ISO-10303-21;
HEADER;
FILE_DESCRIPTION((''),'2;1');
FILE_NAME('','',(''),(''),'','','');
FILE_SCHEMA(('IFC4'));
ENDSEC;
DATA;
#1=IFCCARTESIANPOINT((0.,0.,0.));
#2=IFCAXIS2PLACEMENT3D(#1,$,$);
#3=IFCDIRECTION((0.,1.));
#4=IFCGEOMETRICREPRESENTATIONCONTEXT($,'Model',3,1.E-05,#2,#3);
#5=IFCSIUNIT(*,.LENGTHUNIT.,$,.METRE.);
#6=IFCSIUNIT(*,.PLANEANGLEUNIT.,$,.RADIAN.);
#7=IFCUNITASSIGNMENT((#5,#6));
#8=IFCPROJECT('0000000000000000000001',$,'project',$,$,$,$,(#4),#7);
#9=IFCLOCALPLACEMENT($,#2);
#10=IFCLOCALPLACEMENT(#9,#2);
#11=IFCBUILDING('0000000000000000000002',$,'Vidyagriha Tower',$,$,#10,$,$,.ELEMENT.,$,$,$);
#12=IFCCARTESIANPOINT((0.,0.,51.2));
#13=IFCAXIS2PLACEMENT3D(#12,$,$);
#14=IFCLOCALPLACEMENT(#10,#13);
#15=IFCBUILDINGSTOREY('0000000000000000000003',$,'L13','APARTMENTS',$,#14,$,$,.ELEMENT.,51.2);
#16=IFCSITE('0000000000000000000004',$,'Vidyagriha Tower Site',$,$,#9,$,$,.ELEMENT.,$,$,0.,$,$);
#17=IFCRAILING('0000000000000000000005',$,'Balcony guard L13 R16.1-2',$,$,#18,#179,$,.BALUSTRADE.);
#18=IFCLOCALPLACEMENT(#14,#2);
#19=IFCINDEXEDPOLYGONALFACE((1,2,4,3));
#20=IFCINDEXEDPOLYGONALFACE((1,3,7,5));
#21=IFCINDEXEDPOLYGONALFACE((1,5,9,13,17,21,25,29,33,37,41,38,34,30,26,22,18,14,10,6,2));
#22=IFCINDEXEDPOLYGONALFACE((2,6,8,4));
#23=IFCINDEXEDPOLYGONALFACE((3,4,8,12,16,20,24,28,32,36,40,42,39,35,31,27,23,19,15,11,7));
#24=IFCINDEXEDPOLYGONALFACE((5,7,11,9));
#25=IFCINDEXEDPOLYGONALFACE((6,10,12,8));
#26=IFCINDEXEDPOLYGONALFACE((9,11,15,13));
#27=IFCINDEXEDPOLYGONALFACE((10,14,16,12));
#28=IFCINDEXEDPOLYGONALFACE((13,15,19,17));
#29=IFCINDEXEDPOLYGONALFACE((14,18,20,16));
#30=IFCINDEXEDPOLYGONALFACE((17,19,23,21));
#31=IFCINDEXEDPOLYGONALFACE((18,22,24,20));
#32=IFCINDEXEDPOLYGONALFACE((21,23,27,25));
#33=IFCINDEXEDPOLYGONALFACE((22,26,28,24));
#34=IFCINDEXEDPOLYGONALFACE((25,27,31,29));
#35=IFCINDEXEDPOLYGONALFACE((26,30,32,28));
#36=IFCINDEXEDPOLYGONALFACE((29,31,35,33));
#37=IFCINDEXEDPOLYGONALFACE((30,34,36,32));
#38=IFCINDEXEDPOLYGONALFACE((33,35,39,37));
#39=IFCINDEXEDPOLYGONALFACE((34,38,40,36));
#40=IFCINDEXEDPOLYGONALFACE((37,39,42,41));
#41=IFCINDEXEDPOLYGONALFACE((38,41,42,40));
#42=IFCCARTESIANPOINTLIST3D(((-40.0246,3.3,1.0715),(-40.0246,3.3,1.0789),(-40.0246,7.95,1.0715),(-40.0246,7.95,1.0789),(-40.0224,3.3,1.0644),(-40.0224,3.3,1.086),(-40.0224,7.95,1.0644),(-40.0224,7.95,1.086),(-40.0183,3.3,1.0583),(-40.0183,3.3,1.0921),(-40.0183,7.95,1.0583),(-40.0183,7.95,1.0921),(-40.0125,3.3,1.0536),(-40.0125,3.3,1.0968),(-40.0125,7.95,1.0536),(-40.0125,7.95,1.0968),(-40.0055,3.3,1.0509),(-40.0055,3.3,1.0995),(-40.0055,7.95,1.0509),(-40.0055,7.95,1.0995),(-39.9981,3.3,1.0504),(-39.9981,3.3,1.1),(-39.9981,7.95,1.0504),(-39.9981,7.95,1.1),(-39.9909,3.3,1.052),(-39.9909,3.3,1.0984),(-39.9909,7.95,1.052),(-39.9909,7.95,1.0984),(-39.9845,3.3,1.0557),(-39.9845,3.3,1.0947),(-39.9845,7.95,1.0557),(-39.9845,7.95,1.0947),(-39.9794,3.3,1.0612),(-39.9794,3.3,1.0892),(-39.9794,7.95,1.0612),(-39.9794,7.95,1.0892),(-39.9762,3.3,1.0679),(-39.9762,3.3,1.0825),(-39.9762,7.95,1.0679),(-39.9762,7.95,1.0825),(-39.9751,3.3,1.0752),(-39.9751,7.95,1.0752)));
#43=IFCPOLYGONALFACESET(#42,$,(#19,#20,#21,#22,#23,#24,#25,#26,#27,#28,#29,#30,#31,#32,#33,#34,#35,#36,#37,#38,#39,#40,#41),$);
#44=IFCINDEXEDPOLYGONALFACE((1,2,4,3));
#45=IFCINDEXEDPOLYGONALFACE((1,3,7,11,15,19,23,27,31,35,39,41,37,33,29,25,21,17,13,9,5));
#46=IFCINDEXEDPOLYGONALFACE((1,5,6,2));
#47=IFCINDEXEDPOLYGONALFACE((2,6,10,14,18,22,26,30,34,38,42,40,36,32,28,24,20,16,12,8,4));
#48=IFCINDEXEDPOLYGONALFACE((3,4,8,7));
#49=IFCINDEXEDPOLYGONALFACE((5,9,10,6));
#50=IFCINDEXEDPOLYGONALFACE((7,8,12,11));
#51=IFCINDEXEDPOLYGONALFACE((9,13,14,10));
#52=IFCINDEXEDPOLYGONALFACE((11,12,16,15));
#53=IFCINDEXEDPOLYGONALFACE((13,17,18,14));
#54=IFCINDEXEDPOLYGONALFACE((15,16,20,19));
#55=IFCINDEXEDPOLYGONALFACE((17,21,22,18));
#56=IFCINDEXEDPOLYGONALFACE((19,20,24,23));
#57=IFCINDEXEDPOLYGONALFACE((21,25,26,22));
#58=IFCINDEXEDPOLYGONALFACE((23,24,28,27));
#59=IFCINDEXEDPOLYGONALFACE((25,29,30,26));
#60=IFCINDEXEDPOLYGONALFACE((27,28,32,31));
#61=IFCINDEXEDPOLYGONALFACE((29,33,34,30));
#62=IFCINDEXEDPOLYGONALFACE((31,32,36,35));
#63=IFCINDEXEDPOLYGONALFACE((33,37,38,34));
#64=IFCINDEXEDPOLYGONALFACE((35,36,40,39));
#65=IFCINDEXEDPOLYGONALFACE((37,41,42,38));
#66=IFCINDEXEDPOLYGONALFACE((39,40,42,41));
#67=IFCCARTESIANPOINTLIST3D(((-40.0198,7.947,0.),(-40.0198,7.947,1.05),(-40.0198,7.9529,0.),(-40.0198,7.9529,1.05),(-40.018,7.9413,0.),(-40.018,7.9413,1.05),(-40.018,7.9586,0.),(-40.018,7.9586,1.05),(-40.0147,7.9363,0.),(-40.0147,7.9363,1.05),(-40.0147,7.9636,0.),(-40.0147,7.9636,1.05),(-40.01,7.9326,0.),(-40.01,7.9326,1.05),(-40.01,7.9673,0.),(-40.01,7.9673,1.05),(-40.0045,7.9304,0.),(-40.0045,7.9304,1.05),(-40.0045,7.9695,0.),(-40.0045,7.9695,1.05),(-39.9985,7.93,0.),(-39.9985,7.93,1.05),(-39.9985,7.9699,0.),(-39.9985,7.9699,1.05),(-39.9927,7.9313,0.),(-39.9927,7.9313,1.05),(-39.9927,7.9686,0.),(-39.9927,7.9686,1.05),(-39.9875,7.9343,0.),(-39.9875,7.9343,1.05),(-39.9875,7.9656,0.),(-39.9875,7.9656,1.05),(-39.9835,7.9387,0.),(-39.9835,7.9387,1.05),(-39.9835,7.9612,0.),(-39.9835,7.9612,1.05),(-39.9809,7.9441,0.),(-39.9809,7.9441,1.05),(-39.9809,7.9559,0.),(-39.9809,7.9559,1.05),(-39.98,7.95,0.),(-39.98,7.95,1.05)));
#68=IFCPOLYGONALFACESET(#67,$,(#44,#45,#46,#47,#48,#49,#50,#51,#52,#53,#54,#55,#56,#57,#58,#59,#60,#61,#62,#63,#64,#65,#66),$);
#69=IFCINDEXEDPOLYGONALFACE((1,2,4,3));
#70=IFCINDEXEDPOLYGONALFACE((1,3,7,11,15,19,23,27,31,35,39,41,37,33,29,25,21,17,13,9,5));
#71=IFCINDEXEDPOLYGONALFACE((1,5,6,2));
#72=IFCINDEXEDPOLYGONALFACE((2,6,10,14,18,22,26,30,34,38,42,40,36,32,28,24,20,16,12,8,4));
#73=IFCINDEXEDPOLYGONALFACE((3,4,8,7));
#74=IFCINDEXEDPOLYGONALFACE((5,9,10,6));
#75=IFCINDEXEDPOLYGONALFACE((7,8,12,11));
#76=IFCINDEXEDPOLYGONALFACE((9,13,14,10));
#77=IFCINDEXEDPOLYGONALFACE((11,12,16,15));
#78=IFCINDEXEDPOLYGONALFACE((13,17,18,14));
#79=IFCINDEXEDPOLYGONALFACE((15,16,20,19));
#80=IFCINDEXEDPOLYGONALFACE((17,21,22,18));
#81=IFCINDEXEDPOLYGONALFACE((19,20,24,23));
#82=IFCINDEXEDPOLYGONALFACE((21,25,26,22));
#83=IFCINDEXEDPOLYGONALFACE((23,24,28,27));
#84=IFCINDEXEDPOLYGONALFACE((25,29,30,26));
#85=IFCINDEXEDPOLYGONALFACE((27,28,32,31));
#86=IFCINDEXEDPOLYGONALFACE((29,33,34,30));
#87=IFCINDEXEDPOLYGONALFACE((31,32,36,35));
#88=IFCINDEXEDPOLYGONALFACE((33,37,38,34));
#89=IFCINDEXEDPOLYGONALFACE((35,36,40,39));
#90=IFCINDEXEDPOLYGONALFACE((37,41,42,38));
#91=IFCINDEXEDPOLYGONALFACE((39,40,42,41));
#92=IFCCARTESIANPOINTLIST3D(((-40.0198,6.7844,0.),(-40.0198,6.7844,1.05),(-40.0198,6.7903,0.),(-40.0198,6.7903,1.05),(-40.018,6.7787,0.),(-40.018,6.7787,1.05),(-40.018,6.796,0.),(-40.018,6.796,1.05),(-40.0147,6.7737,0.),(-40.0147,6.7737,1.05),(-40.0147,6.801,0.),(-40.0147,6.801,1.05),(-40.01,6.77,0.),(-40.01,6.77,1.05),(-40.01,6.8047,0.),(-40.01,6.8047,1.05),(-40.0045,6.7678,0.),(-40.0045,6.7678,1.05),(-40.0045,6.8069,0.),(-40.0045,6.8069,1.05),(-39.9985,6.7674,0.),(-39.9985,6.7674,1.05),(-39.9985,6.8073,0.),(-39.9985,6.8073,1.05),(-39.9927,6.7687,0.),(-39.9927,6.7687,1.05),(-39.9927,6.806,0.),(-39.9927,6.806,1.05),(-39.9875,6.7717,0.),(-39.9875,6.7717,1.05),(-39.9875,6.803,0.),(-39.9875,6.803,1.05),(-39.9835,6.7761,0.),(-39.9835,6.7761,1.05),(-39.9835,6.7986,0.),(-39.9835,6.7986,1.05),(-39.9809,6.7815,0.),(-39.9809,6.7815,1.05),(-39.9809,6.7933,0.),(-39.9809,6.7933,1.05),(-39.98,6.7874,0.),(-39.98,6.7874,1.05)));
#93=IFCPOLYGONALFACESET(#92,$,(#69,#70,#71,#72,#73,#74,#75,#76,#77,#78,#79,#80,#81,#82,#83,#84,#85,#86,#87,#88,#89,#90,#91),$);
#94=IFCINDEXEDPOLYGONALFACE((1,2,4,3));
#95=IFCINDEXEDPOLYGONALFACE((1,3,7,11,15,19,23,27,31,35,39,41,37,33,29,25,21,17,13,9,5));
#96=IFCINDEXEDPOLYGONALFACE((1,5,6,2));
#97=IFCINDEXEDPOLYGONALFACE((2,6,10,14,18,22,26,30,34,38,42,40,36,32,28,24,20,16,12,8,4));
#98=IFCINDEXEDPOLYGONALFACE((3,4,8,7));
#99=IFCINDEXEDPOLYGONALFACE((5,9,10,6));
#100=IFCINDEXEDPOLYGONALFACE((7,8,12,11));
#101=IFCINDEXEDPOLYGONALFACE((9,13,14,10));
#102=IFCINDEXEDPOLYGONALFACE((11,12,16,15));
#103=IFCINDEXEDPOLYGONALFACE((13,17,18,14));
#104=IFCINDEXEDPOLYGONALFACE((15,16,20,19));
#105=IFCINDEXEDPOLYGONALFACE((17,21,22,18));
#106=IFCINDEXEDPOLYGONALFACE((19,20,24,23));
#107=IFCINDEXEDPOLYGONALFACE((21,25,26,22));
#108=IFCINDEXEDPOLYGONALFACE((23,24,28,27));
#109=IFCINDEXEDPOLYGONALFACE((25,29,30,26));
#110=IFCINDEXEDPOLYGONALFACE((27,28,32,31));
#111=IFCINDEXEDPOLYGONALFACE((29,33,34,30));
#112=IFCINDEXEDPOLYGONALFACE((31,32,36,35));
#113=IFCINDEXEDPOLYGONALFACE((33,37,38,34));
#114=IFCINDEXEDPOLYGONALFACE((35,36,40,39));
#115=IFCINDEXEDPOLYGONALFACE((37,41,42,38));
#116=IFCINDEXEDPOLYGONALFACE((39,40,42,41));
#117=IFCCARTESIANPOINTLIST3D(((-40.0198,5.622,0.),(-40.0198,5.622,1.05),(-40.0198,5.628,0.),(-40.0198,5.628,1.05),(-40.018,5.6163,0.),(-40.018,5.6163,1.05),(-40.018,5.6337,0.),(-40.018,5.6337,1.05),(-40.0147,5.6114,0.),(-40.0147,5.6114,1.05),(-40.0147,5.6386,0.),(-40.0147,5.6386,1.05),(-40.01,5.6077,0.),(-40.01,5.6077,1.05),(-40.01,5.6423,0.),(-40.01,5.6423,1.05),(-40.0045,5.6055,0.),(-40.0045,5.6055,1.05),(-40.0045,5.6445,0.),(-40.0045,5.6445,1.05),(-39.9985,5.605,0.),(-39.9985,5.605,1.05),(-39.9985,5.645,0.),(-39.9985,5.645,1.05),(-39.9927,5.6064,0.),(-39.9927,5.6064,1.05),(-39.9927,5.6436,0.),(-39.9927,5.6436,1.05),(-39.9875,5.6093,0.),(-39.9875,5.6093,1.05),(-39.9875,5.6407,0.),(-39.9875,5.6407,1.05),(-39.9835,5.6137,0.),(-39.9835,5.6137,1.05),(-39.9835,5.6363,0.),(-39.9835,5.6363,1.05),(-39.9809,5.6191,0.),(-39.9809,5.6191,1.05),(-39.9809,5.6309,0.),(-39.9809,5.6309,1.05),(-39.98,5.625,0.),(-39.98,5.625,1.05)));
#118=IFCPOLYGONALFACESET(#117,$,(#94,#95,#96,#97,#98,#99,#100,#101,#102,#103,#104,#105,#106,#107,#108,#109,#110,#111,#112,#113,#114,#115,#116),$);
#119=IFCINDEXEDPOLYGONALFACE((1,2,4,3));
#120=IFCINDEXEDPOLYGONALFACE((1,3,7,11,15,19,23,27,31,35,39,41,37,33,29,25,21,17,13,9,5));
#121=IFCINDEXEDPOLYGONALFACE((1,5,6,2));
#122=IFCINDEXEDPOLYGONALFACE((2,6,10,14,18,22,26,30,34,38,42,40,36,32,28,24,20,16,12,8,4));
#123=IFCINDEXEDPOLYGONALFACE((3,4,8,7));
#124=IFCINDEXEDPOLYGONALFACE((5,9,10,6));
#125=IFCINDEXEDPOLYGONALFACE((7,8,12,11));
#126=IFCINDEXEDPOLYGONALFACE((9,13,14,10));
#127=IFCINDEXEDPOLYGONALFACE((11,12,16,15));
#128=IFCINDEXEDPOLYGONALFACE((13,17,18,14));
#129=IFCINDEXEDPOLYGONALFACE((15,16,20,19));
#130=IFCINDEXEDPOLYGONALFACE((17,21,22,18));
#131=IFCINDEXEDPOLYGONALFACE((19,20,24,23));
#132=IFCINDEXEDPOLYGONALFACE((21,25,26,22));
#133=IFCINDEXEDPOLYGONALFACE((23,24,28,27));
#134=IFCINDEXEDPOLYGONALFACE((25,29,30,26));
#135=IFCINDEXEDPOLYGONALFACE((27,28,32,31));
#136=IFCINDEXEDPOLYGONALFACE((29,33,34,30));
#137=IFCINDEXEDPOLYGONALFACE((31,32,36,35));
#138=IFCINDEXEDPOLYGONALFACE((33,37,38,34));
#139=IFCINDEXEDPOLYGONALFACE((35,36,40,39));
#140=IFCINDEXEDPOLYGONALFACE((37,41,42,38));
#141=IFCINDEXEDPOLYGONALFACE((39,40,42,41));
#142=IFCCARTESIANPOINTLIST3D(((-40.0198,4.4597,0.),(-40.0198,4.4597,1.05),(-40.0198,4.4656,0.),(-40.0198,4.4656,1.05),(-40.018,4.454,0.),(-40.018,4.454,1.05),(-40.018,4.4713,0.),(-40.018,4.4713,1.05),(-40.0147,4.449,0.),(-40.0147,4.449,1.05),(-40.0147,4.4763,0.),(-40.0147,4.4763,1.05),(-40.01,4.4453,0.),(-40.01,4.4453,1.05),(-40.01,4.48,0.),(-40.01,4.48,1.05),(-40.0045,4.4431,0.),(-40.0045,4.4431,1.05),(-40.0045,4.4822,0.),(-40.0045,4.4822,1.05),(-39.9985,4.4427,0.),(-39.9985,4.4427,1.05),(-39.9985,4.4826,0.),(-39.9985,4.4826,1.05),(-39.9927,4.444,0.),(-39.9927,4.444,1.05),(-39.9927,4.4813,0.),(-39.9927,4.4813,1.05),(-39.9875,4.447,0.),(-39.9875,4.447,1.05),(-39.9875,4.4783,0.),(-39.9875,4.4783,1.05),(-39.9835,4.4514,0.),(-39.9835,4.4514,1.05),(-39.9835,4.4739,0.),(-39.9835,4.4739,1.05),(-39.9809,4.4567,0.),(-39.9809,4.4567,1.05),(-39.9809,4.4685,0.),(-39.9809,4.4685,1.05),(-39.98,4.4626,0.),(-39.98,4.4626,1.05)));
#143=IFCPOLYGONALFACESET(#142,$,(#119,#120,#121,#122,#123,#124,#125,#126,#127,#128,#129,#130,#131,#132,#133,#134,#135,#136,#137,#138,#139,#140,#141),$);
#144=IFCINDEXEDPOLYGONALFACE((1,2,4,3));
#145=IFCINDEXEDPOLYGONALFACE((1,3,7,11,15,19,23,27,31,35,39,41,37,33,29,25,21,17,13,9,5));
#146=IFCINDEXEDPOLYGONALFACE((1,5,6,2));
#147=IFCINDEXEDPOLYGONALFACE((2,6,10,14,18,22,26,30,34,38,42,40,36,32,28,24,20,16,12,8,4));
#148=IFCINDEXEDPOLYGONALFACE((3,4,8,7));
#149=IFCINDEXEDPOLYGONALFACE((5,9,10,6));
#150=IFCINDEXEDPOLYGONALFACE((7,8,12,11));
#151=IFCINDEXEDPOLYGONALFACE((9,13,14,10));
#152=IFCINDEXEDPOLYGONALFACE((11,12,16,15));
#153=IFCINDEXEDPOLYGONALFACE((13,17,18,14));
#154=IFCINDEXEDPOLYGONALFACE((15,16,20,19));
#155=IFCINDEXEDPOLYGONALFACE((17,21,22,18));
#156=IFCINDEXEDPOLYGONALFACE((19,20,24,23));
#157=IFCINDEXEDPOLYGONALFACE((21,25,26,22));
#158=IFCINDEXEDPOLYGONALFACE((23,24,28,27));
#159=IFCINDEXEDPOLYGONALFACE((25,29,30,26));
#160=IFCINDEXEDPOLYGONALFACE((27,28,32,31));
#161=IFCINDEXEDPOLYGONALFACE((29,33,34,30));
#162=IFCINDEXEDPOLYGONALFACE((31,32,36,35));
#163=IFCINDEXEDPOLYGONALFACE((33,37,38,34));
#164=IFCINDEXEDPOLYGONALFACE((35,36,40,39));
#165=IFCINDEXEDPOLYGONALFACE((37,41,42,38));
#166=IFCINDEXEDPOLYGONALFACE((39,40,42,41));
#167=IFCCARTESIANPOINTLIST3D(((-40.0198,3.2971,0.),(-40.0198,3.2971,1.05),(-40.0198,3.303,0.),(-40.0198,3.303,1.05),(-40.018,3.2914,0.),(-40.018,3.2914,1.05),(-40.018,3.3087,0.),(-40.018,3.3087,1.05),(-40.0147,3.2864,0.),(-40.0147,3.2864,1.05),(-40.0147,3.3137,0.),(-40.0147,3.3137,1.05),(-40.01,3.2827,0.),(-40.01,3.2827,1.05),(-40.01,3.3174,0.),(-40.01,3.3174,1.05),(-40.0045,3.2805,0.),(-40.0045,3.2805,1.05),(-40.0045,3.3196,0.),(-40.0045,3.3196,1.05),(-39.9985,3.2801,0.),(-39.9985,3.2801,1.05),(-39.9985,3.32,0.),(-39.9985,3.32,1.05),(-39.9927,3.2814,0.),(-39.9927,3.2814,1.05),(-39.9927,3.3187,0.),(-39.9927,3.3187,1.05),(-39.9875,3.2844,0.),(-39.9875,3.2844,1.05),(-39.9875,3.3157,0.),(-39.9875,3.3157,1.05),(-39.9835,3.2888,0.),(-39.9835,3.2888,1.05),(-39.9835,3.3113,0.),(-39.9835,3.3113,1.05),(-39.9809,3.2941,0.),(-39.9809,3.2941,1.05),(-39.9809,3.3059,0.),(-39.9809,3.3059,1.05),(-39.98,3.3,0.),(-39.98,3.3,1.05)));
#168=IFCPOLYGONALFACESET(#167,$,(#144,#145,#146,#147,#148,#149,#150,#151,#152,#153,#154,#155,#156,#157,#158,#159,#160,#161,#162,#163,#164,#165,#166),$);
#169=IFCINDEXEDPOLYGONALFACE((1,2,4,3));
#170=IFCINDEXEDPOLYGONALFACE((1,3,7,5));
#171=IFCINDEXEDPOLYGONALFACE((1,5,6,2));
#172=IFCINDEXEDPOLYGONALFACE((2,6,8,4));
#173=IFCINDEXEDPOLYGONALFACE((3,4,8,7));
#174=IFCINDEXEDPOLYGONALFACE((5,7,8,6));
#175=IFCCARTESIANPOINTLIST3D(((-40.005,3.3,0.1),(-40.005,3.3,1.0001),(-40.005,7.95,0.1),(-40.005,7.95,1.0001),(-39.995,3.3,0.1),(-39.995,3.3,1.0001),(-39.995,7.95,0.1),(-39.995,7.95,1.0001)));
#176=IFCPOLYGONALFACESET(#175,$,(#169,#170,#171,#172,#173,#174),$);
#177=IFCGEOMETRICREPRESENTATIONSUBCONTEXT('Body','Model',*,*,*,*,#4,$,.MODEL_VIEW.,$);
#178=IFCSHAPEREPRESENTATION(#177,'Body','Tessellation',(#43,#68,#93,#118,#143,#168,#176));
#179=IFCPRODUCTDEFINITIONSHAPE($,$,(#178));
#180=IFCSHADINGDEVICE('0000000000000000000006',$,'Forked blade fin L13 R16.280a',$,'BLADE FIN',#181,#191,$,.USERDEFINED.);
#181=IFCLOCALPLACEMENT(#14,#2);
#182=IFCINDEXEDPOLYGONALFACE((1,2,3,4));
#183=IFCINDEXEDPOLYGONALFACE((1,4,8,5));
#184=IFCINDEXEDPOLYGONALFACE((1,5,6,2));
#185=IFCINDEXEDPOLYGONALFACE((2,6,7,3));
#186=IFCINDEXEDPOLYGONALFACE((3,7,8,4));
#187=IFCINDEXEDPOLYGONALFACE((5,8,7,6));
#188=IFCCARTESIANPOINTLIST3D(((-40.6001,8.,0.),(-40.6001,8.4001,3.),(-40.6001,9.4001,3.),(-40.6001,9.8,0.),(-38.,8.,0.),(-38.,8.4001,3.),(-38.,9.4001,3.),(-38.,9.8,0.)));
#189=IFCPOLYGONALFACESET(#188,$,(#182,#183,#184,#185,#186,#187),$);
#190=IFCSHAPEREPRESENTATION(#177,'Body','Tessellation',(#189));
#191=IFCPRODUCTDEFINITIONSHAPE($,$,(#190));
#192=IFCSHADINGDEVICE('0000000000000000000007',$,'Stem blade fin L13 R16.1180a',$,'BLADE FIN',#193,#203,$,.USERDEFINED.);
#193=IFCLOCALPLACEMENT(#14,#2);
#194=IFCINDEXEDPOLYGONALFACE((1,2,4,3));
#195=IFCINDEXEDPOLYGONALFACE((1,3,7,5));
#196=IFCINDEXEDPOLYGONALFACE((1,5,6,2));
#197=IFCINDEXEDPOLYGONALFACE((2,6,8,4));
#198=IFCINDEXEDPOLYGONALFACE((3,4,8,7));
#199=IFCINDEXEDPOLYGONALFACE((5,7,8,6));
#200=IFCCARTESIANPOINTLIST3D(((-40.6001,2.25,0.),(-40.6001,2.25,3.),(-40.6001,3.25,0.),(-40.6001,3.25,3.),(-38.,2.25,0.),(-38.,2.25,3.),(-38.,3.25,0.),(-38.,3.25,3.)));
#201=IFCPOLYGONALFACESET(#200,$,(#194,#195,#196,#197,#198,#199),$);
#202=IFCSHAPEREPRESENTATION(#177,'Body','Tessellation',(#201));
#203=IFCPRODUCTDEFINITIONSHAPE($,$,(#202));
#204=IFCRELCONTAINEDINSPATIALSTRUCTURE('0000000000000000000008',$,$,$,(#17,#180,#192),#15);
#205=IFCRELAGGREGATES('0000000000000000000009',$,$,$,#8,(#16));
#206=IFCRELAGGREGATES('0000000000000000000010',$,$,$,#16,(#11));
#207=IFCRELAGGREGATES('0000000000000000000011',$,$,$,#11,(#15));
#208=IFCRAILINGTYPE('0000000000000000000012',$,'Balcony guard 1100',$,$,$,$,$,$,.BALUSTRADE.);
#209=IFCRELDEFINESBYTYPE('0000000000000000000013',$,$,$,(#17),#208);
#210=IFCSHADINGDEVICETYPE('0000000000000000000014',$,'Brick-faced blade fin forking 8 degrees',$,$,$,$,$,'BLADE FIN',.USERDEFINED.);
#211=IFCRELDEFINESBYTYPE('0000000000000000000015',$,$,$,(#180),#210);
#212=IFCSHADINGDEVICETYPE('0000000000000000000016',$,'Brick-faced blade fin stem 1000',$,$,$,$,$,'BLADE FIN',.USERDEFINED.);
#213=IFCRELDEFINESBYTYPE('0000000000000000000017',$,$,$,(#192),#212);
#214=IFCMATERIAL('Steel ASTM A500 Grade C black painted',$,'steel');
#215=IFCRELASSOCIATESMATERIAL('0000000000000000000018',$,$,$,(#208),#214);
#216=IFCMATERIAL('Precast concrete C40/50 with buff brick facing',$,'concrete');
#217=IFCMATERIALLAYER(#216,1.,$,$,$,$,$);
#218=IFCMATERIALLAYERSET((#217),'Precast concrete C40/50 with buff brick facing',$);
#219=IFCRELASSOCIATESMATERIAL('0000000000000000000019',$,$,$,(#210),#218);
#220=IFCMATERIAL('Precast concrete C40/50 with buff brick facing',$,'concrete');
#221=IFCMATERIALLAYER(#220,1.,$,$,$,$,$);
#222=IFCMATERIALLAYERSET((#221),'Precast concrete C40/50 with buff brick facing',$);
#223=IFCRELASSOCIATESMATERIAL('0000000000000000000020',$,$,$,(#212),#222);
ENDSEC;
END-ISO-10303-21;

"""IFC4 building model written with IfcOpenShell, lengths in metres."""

from ifc_helpers import new_model, si_unit, direction, frame, origin, origin_2d, place, context, subcontext, project, spatial, polyline, rectangle, circle, outline, extrude, material, layer, layer_set, type_object, element, save


model = new_model("IFC4")

# Units and contexts
model_context = context("Model", 3, precision=1e-05, world=origin(), true_north=direction((0.0, 1.0)))
body_context = subcontext(model_context, "Body", "Model", "MODEL_VIEW")
ifc_project = project(units=[si_unit("LENGTHUNIT", "METRE"), si_unit("PLANEANGLEUNIT", "RADIAN")], contexts=[model_context])

# Site, building, storey
site_placement = place(None, origin())
site = spatial("IfcSite", under=ifc_project, at=site_placement, Name="Vidyagriha Tower Site", CompositionType="ELEMENT", RefElevation=0.0)
building_placement = place(site_placement, origin())
building = spatial("IfcBuilding", under=site, at=building_placement, Name="Vidyagriha Tower", CompositionType="ELEMENT")
storey_placement = place(building_placement, frame((0.0, 0.0, 51.2)))
storey = spatial("IfcBuildingStorey", under=building, at=storey_placement, Name="L13", Description="APARTMENTS", CompositionType="ELEMENT", Elevation=51.2)

# Railing
ifc_material_1 = material(Name="Steel ASTM A500 Grade C black painted", Category="steel")
railing_type_1 = type_object("IfcRailingType", Name="Balcony guard 1100", PredefinedType="BALUSTRADE", material=ifc_material_1)
railing_1_placement = place(storey_placement, frame((-40.0, 7.95, 0.0)))
element("IfcRailing", 1, at=railing_1_placement, inside=storey, type_object=railing_type_1, Name="Balcony guard L13 R16.1-2", PredefinedType="BALUSTRADE", context=body_context, shape_type="SweptSolid", body=[
    extrude(circle(Radius=0.0249, at=origin_2d()), frame((0.0, 0.0, 1.0752), z_axis=(0.0, -1.0, 0.0), x_axis=(1.0, 0.0, 0.0)), (0.0, 0.0, 1.0), 4.6499),
    extrude(circle(Radius=0.02, at=origin_2d()), origin(), (0.0, 0.0, 1.0), 1.05),
    extrude(circle(Radius=0.02, at=origin_2d()), frame((0.0, -1.1626, 0.0)), (0.0, 0.0, 1.0), 1.05),
    extrude(circle(Radius=0.02, at=origin_2d()), frame((0.0, -2.325, 0.0)), (0.0, 0.0, 1.0), 1.05),
    extrude(circle(Radius=0.02, at=origin_2d()), frame((0.0, -3.4873, 0.0)), (0.0, 0.0, 1.0), 1.05),
    extrude(circle(Radius=0.02, at=origin_2d()), frame((0.0, -4.6499, 0.0)), (0.0, 0.0, 1.0), 1.05),
    extrude(rectangle(XDim=0.01, YDim=0.9001, at=origin_2d()), frame((0.0, 0.0, 0.55), z_axis=(0.0, -1.0, 0.0), x_axis=(1.0, 0.0, 0.0)), (0.0, 0.0, 1.0), 4.6499),
])

# Shading devices
ifc_material_2 = material(Name="Precast concrete C40/50 with buff brick facing", Category="concrete")
ifc_layer_1 = layer(ifc_material_2, 1.0)
ifc_layer_set_1 = layer_set([ifc_layer_1], Name="Precast concrete C40/50 with buff brick facing")
shading_device_type_1 = type_object("IfcShadingDeviceType", Name="Brick-faced blade fin forking 8 degrees", ElementType="BLADE FIN", PredefinedType="USERDEFINED", material=ifc_layer_set_1)
shading_device_1_placement = place(storey_placement, frame((-39.3, 9.8, 0.0), z_axis=(0.0, 0.0, 1.0), x_axis=(0.0, -1.0, 0.0)))
element("IfcShadingDevice", 2, at=shading_device_1_placement, inside=storey, type_object=shading_device_type_1, Name="Forked blade fin L13 R16.280a", ObjectType="BLADE FIN", PredefinedType="USERDEFINED", context=body_context, shape_type="SweptSolid", body=[
    extrude(outline(polyline([(0.0, 0.0), (1.8, 0.0), (1.3999, 3.0), (0.3999, 3.0), (0.0, 0.0)])), frame((0.0, 1.3, 0.0), z_axis=(0.0, -1.0, 0.0), x_axis=(1.0, 0.0, 0.0)), (0.0, 0.0, 1.0), 2.6001),
])
ifc_material_3 = material(Name="Precast concrete C40/50 with buff brick facing", Category="concrete")
ifc_layer_2 = layer(ifc_material_3, 1.0)
ifc_layer_set_2 = layer_set([ifc_layer_2], Name="Precast concrete C40/50 with buff brick facing")
shading_device_type_2 = type_object("IfcShadingDeviceType", Name="Brick-faced blade fin stem 1000", ElementType="BLADE FIN", PredefinedType="USERDEFINED", material=ifc_layer_set_2)
shading_device_2_placement = place(storey_placement, frame((-39.3, 3.25, 0.0), z_axis=(0.0, 0.0, 1.0), x_axis=(0.0, -1.0, 0.0)))
element("IfcShadingDevice", 3, at=shading_device_2_placement, inside=storey, type_object=shading_device_type_2, Name="Stem blade fin L13 R16.1180a", ObjectType="BLADE FIN", PredefinedType="USERDEFINED", context=body_context, shape_type="SweptSolid", body=[
    extrude(outline(polyline([(0.0, 0.0), (1.0, 0.0), (1.0, 3.0), (0.0, 3.0), (0.0, 0.0)])), frame((0.0, 1.3, 0.0), z_axis=(0.0, -1.0, 0.0), x_axis=(1.0, 0.0, 0.0)), (0.0, 0.0, 1.0), 2.6001),
])

save(model, "model.ifc")
